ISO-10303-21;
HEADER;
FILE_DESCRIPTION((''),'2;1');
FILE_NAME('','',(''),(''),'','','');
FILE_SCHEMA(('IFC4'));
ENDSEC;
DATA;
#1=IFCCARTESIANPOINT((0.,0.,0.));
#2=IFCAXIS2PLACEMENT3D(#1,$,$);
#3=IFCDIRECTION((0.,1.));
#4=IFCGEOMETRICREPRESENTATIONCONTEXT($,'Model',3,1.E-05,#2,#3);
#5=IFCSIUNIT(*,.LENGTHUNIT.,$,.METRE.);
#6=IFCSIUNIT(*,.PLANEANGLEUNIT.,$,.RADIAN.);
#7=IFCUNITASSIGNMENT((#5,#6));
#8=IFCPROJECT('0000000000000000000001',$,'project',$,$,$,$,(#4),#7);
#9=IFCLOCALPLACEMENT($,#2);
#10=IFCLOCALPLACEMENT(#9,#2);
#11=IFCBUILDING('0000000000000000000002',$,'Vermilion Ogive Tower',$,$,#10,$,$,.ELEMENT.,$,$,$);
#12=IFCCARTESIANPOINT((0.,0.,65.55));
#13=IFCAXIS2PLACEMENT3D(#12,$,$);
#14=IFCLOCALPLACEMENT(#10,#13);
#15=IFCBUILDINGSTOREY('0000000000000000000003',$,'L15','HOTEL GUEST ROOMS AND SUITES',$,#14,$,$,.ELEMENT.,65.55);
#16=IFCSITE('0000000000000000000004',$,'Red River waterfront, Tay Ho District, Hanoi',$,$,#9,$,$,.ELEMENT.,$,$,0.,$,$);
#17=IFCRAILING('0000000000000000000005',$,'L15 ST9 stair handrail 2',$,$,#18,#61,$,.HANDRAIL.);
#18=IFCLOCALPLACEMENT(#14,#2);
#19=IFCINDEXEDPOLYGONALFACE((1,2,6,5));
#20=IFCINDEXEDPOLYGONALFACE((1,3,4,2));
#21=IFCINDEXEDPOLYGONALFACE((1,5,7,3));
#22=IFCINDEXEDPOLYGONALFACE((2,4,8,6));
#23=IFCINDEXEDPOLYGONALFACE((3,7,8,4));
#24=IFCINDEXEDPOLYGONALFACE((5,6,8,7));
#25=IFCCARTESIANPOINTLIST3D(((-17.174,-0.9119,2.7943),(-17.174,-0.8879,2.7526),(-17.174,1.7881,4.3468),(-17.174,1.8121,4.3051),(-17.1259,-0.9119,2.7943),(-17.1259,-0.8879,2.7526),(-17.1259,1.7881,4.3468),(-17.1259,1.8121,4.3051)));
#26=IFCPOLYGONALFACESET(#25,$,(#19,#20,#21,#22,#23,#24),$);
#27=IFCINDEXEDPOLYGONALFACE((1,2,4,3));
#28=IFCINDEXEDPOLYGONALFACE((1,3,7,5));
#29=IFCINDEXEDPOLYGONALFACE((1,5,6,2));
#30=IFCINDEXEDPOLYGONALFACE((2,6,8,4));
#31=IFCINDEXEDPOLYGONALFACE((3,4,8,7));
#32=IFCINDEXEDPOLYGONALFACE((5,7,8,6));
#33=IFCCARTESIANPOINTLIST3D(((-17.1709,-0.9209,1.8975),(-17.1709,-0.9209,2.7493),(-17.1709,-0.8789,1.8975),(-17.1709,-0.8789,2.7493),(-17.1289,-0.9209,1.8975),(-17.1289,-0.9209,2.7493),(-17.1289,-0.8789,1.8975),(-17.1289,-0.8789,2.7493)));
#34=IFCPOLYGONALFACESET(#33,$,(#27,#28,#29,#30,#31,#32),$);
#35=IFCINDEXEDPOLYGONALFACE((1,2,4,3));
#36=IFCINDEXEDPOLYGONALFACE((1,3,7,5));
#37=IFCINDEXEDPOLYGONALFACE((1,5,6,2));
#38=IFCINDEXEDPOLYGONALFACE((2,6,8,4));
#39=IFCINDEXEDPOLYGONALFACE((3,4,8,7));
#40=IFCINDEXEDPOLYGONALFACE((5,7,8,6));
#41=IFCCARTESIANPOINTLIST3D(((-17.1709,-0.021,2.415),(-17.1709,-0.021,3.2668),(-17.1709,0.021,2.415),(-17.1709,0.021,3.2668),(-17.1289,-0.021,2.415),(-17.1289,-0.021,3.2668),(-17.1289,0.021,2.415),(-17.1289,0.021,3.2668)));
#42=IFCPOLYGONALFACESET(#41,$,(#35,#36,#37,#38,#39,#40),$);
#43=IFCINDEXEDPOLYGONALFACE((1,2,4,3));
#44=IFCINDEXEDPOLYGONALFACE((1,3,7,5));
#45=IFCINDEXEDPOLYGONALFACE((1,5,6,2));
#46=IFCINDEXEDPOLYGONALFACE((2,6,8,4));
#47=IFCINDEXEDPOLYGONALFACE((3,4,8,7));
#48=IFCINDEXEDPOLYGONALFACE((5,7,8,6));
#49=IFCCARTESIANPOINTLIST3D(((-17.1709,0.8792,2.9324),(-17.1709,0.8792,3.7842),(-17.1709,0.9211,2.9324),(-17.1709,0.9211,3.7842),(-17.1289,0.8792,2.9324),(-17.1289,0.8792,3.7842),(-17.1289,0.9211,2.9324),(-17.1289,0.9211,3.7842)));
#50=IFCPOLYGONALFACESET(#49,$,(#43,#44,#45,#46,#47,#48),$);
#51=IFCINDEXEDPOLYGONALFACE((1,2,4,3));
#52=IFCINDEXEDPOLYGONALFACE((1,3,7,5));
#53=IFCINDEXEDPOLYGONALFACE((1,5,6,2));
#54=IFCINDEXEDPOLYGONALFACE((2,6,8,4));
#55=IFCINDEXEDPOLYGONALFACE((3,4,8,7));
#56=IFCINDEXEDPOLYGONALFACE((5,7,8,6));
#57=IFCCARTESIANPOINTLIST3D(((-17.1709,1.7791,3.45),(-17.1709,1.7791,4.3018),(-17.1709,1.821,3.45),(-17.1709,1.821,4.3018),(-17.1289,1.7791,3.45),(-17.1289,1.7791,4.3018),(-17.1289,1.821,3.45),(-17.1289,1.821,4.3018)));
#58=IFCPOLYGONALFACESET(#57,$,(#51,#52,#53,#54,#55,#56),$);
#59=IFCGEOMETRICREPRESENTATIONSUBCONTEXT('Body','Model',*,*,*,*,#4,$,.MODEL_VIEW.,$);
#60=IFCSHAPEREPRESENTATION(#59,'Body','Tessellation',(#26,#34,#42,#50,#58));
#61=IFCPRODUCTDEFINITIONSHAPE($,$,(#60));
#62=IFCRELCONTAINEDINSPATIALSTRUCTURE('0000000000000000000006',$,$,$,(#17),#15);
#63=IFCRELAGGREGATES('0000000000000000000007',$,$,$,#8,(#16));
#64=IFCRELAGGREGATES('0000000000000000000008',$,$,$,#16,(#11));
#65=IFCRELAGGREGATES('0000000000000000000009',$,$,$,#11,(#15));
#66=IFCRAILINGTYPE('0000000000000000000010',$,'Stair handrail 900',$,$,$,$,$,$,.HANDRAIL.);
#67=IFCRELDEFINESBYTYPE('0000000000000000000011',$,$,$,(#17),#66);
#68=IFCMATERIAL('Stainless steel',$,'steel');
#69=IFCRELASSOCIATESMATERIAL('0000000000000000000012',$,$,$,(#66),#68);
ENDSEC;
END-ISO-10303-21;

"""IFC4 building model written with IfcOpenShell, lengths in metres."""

from ifc_helpers import new_model, si_unit, direction, frame, origin, origin_2d, place, context, subcontext, project, spatial, rectangle, extrude, material, type_object, element, save


model = new_model("IFC4")

# Units and contexts
model_context = context("Model", 3, precision=1e-05, world=origin(), true_north=direction((0.0, 1.0)))
body_context = subcontext(model_context, "Body", "Model", "MODEL_VIEW")
ifc_project = project(units=[si_unit("LENGTHUNIT", "METRE"), si_unit("PLANEANGLEUNIT", "RADIAN")], contexts=[model_context])

# Site, building, storey
site_placement = place(None, origin())
site = spatial("IfcSite", under=ifc_project, at=site_placement, Name="Red River waterfront, Tay Ho District, Hanoi", CompositionType="ELEMENT", RefElevation=0.0)
building_placement = place(site_placement, origin())
building = spatial("IfcBuilding", under=site, at=building_placement, Name="Vermilion Ogive Tower", CompositionType="ELEMENT")
storey_placement = place(building_placement, frame((0.0, 0.0, 65.55)))
storey = spatial("IfcBuildingStorey", under=building, at=storey_placement, Name="L15", Description="HOTEL GUEST ROOMS AND SUITES", CompositionType="ELEMENT", Elevation=65.55)

# Railing
ifc_material_1 = material(Name="Stainless steel", Category="steel")
railing_type_1 = type_object("IfcRailingType", Name="Stair handrail 900", PredefinedType="HANDRAIL", material=ifc_material_1)
railing_1_placement = place(storey_placement, frame((-17.1499, -0.8999, 1.8975)))
element("IfcRailing", 1, at=railing_1_placement, inside=storey, type_object=railing_type_1, Name="L15 ST9 stair handrail 2", PredefinedType="HANDRAIL", context=body_context, shape_type="SweptSolid", body=[
    extrude(rectangle(XDim=0.0481, YDim=0.0481, at=origin_2d()), frame((0.0, 0.0, 0.876), z_axis=(0.0, 0.866904, 0.498476), x_axis=(-1.0, 0.0, 0.0)), (0.0, 0.0, 1.0), 3.1145),
    extrude(rectangle(XDim=0.042, YDim=0.042, at=origin_2d()), origin(), (0.0, 0.0, 1.0), 0.8518),
    extrude(rectangle(XDim=0.042, YDim=0.042, at=origin_2d()), frame((0.0, 0.8999, 0.5176)), (0.0, 0.0, 1.0), 0.8518),
    extrude(rectangle(XDim=0.042, YDim=0.042, at=origin_2d()), frame((0.0, 1.8, 1.0349)), (0.0, 0.0, 1.0), 0.8518),
    extrude(rectangle(XDim=0.042, YDim=0.042, at=origin_2d()), frame((0.0, 2.7, 1.5525)), (0.0, 0.0, 1.0), 0.8518),
])

save(model, "model.ifc")
